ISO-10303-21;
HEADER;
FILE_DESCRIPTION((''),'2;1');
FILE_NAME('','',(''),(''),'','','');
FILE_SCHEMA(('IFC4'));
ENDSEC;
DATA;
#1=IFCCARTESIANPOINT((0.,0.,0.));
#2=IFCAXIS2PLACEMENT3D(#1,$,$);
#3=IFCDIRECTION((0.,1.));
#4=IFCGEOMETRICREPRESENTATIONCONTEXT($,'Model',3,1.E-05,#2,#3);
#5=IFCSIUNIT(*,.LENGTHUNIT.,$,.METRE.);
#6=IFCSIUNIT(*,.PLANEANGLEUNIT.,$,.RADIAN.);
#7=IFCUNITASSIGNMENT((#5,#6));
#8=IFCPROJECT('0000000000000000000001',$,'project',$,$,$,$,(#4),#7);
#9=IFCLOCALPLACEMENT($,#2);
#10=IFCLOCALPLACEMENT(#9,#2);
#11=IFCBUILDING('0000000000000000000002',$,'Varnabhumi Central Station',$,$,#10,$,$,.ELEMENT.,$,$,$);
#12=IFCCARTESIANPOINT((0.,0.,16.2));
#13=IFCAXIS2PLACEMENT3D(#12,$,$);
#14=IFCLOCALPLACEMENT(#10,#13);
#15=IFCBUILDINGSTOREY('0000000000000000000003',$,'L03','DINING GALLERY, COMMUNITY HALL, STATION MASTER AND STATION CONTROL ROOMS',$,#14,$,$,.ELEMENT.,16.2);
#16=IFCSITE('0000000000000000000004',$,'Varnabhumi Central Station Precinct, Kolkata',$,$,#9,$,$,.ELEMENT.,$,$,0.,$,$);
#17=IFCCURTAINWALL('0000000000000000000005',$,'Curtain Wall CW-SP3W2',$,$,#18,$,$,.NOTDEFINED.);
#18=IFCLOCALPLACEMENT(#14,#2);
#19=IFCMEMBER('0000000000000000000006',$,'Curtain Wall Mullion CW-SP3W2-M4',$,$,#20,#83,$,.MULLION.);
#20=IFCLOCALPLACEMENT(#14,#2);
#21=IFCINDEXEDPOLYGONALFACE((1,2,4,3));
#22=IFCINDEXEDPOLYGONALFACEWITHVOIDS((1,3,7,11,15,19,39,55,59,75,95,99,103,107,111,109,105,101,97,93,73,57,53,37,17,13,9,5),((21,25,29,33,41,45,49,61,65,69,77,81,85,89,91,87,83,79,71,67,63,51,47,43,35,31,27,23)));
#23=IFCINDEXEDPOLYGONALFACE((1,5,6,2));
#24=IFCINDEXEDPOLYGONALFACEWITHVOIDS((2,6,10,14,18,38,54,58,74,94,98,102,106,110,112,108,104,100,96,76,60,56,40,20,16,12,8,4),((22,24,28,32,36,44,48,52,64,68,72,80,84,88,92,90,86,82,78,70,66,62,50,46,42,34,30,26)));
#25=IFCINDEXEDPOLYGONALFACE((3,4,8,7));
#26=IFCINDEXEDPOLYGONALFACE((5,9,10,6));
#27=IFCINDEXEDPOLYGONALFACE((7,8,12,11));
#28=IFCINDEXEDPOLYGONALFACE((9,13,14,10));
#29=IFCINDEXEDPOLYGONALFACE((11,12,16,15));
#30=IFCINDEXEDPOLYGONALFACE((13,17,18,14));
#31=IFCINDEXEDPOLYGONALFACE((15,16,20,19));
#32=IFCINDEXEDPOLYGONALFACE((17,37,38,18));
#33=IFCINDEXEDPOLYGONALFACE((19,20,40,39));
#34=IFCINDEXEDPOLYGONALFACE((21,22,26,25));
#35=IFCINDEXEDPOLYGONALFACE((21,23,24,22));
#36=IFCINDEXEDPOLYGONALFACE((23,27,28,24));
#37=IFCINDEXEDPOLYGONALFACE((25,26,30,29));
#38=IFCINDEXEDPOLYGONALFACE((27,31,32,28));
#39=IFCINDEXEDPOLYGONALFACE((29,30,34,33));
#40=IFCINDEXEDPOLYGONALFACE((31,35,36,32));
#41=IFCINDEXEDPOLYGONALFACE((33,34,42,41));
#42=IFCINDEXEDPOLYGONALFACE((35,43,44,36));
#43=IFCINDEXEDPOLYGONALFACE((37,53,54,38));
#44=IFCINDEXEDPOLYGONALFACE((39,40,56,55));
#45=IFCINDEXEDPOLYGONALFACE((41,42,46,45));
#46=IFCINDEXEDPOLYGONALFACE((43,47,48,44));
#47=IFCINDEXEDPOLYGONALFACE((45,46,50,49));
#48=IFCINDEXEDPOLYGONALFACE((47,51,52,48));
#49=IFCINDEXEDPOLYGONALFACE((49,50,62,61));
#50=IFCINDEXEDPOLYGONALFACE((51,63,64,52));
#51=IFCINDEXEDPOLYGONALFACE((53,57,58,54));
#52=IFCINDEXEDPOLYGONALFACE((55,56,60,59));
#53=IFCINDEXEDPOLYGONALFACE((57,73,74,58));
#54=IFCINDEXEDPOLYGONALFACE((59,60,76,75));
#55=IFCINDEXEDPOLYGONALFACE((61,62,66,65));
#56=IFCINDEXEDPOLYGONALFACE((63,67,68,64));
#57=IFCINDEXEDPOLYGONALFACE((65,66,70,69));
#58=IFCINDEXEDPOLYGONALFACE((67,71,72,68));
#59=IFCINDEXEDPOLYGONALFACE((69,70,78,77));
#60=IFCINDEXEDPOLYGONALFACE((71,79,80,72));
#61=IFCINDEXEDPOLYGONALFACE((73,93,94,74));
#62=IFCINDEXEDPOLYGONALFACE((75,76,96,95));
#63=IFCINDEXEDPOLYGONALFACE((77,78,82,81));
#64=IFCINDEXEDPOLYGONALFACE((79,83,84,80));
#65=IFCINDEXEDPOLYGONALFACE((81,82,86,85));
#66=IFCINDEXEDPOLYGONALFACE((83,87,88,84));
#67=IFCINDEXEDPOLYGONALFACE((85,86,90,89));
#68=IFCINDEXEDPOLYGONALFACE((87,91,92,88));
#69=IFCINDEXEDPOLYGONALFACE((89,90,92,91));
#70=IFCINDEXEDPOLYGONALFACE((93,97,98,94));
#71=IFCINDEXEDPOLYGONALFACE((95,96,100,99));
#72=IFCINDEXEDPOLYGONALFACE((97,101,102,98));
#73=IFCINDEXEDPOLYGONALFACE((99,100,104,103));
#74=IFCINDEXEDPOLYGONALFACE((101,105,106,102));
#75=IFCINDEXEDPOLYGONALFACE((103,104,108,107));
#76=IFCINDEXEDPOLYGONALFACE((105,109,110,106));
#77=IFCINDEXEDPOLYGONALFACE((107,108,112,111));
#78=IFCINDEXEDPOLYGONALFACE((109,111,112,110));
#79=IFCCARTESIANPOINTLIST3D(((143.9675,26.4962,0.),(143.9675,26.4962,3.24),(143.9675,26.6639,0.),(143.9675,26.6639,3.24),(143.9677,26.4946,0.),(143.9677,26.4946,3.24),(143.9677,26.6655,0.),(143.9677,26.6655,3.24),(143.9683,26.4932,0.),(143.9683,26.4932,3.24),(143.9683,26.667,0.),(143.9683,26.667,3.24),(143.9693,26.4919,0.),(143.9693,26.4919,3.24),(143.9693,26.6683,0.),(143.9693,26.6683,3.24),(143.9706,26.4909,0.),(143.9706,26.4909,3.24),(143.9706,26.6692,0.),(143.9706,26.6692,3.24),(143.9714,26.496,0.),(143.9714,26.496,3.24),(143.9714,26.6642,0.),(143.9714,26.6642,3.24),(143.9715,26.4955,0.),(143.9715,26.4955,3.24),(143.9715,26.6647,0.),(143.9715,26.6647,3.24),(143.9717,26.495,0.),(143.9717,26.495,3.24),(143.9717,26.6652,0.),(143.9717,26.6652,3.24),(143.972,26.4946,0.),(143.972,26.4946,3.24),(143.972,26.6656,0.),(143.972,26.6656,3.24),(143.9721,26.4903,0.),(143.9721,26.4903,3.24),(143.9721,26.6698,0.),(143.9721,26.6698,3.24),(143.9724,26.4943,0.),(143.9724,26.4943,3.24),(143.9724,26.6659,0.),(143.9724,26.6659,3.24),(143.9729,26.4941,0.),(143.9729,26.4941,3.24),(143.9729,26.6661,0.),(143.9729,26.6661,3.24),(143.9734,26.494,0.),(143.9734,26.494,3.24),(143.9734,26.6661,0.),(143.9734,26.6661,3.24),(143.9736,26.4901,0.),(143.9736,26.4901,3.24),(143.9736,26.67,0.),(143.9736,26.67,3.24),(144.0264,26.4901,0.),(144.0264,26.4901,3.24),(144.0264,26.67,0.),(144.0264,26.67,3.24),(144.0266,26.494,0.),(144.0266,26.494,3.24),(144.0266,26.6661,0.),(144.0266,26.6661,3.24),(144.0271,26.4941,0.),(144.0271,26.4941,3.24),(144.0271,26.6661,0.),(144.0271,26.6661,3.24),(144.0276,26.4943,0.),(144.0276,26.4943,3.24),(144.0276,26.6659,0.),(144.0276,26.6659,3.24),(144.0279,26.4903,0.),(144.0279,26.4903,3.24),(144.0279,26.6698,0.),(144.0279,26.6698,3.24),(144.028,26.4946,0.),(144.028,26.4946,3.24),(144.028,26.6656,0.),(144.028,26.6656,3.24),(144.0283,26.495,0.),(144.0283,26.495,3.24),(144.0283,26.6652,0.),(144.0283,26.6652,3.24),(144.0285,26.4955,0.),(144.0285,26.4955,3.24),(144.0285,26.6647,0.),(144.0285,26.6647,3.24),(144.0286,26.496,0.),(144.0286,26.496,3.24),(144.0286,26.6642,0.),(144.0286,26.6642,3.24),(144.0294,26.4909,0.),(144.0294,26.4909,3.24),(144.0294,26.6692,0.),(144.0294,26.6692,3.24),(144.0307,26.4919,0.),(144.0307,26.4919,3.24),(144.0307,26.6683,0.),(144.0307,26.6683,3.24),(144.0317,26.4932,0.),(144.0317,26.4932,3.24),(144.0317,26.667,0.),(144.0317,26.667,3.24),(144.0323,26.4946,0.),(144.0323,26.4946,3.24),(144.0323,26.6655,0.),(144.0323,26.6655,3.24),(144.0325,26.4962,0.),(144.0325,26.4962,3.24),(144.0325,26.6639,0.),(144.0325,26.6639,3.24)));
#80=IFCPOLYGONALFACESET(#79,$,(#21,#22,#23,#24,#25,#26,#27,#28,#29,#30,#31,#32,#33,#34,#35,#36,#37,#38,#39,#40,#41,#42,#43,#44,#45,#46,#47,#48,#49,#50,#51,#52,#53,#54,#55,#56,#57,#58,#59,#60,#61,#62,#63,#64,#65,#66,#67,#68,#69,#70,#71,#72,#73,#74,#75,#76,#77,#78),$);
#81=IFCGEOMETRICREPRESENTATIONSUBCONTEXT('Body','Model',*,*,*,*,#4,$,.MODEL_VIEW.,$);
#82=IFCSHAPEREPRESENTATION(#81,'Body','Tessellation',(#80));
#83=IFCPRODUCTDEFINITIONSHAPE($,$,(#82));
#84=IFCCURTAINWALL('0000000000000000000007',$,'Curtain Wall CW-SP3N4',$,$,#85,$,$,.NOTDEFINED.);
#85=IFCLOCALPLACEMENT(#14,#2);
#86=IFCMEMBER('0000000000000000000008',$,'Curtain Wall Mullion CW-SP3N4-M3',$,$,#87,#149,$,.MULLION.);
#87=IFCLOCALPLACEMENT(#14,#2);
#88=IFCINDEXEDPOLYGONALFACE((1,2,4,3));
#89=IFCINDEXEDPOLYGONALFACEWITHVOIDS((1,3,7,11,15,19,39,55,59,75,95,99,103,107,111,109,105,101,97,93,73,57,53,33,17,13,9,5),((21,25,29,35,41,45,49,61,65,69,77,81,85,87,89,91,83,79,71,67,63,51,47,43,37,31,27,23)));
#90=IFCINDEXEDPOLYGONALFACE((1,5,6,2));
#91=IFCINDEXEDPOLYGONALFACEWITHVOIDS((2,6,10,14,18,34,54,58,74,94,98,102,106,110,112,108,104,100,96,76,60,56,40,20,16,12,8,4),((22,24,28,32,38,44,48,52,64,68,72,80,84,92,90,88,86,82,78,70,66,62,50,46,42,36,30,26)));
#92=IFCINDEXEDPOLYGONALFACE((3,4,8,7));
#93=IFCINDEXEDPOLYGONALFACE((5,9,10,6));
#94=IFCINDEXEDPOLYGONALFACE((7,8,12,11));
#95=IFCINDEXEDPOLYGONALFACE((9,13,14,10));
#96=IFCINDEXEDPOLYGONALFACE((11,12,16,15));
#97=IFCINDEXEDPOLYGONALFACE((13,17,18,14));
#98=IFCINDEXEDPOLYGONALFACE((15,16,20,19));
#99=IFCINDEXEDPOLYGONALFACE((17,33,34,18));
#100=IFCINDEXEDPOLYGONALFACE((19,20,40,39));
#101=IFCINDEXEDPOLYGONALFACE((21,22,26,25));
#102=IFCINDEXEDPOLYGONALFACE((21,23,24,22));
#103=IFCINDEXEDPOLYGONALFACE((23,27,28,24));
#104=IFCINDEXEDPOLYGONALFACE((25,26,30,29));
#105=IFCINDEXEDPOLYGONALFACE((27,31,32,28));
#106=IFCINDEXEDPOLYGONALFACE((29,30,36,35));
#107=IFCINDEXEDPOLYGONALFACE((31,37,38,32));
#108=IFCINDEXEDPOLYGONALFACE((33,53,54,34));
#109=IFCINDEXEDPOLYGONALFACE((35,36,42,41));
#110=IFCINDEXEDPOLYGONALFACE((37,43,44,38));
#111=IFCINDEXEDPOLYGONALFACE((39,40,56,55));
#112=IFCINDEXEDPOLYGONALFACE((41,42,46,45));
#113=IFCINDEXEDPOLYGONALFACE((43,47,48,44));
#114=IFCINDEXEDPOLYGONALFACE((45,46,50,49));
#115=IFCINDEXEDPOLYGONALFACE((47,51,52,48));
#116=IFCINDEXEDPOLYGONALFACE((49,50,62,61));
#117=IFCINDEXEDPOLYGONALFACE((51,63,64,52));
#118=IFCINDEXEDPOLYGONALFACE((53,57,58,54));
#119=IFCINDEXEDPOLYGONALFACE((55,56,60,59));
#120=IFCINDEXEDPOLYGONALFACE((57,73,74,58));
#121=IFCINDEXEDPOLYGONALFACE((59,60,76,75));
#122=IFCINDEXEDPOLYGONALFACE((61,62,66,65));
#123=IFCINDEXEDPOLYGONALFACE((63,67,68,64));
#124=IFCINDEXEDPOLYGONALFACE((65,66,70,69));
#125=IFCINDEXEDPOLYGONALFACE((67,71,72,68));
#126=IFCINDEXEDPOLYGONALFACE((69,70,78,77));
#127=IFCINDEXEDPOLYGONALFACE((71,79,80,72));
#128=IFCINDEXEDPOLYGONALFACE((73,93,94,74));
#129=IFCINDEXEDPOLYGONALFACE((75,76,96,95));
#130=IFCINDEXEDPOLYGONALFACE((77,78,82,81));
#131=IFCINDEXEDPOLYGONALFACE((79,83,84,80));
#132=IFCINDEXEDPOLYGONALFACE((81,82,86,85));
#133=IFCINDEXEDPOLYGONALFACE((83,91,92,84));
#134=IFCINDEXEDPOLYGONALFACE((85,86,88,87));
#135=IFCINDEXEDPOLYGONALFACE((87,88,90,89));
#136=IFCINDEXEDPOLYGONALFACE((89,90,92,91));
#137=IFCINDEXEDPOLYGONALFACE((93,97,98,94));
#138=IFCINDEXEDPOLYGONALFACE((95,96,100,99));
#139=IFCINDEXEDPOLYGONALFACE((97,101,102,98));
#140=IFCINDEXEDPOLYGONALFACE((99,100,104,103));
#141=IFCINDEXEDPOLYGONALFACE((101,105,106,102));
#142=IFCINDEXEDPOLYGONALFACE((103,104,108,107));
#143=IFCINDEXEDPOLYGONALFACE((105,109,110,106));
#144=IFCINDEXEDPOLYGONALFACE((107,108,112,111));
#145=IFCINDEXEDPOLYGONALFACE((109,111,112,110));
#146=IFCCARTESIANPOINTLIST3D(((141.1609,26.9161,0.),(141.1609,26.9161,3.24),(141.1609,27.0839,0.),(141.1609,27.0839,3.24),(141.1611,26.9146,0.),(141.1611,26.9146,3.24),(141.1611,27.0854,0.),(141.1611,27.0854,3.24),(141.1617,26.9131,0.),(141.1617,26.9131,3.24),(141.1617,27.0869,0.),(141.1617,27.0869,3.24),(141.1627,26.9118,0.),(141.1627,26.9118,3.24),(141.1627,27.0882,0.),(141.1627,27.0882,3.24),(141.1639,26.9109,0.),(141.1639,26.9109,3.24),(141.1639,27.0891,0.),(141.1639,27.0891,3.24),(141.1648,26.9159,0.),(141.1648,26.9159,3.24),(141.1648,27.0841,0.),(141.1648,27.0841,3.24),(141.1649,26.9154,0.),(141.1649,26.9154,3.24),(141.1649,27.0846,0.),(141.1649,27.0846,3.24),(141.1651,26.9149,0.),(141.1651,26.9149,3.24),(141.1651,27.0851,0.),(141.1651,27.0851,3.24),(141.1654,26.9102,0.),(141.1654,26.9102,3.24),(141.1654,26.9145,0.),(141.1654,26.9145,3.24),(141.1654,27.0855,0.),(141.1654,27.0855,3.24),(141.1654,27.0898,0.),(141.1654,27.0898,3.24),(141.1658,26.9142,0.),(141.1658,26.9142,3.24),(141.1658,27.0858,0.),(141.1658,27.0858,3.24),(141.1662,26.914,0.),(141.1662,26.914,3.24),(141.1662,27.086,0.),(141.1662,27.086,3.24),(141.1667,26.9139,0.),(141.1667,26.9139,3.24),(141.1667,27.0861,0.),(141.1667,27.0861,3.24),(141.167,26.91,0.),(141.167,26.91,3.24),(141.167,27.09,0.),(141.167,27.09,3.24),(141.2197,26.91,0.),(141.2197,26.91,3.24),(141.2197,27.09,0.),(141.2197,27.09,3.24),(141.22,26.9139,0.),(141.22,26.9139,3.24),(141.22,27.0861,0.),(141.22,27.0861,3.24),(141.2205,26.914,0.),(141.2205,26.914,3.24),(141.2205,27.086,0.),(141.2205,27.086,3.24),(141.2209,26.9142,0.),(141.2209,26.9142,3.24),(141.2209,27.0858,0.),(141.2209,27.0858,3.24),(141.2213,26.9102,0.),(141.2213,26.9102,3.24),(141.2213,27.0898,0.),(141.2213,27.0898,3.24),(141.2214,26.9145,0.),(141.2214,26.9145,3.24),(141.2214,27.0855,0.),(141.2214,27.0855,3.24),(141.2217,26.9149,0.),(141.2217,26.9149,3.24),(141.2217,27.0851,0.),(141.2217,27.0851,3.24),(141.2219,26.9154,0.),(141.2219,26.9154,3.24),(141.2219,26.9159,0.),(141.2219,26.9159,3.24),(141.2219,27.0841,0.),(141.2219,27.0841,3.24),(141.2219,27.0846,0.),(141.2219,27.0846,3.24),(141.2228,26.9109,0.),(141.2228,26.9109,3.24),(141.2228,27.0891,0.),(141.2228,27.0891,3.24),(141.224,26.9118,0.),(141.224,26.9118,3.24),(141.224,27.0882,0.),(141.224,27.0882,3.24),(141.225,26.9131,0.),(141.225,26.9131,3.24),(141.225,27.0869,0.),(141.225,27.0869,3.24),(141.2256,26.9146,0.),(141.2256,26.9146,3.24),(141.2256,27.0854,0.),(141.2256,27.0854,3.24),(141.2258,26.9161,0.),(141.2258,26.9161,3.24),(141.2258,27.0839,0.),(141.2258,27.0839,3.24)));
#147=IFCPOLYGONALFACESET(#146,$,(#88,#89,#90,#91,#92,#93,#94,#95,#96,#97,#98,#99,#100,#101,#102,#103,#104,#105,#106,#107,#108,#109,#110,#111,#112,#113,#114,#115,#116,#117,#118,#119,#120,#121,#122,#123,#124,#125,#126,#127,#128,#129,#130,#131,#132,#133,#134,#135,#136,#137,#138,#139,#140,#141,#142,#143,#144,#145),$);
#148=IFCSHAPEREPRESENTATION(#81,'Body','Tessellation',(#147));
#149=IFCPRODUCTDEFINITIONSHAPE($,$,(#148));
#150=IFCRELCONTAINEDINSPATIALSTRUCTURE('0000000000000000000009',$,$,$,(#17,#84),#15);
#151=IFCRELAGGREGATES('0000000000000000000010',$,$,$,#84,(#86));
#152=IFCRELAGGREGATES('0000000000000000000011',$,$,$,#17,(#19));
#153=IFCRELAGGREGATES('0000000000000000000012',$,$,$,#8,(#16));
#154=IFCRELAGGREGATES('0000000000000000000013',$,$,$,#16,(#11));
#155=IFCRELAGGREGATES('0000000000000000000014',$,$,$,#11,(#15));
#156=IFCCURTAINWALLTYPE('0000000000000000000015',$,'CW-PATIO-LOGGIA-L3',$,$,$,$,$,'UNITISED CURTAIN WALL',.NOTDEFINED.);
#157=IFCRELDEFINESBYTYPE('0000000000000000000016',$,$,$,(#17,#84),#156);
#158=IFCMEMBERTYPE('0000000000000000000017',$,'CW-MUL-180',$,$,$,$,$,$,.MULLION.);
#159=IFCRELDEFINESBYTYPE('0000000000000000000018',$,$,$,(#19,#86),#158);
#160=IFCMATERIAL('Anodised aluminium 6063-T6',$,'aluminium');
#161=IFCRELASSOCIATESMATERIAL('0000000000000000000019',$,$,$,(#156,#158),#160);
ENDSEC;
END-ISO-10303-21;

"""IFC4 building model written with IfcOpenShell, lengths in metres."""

from ifc_helpers import new_model, si_unit, direction, frame, origin, origin_2d, place, context, subcontext, project, spatial, hollow_rectangle, extrude, material, material_profile, profile_set, type_object, element, aggregate, save


model = new_model("IFC4")

# Units and contexts
model_context = context("Model", 3, precision=1e-05, world=origin(), true_north=direction((0.0, 1.0)))
body_context = subcontext(model_context, "Body", "Model", "MODEL_VIEW")
ifc_project = project(units=[si_unit("LENGTHUNIT", "METRE"), si_unit("PLANEANGLEUNIT", "RADIAN")], contexts=[model_context])

# Site, building, storey
site_placement = place(None, origin())
site = spatial("IfcSite", under=ifc_project, at=site_placement, Name="Varnabhumi Central Station Precinct, Kolkata", CompositionType="ELEMENT", RefElevation=0.0)
building_placement = place(site_placement, origin())
building = spatial("IfcBuilding", under=site, at=building_placement, Name="Varnabhumi Central Station", CompositionType="ELEMENT")
storey_placement = place(building_placement, frame((0.0, 0.0, 16.2)))
storey = spatial("IfcBuildingStorey", under=building, at=storey_placement, Name="L03", Description="DINING GALLERY, COMMUNITY HALL, STATION MASTER AND STATION CONTROL ROOMS", CompositionType="ELEMENT", Elevation=16.2)

# Curtain walls, members
ifc_material_1 = material(Name="Anodised aluminium 6063-T6", Category="aluminium")
curtain_wall_type = type_object("IfcCurtainWallType", Name="CW-PATIO-LOGGIA-L3", ElementType="UNITISED CURTAIN WALL", PredefinedType="NOTDEFINED", material=ifc_material_1)
ifc_material_profile_1 = material_profile(ifc_material_1, hollow_rectangle(XDim=0.0649, YDim=0.1799, WallThickness=0.0039, InnerFilletRadius=0.002, OuterFilletRadius=0.0061, at=origin_2d()), Name="Anodised aluminium 6063-T6", Category="aluminium")
ifc_profile_set_1 = profile_set([ifc_material_profile_1], Name="Anodised aluminium 6063-T6")
member_type_1 = type_object("IfcMemberType", Name="CW-MUL-180", PredefinedType="MULLION", material=ifc_profile_set_1)
curtain_wall_1_placement = place(storey_placement, origin())
curtain_wall_1 = element("IfcCurtainWall", 1, at=curtain_wall_1_placement, inside=storey, type_object=curtain_wall_type, Name="Curtain Wall CW-SP3W2", PredefinedType="NOTDEFINED")
member_1_placement = place(storey_placement, frame((144.0, 26.5801, 0.0), z_axis=(0.0, 0.0, 1.0), x_axis=(1.0, 0.0, 0.0)))
member_1 = element("IfcMember", 2, at=member_1_placement, type_object=member_type_1, Name="Curtain Wall Mullion CW-SP3W2-M4", PredefinedType="MULLION", context=body_context, shape_type="SweptSolid", body=[
    extrude(hollow_rectangle(XDim=0.0649, YDim=0.1799, WallThickness=0.0039, InnerFilletRadius=0.002, OuterFilletRadius=0.0061, at=origin_2d()), origin(), (0.0, 0.0, 1.0), 3.24),
])
curtain_wall_2_placement = place(storey_placement, origin())
curtain_wall_2 = element("IfcCurtainWall", 3, at=curtain_wall_2_placement, inside=storey, type_object=curtain_wall_type, Name="Curtain Wall CW-SP3N4", PredefinedType="NOTDEFINED")
member_2_placement = place(storey_placement, frame((141.1934, 27.0, 0.0), z_axis=(0.0, 0.0, 1.0), x_axis=(1.0, 0.0, 0.0)))
member_2 = element("IfcMember", 4, at=member_2_placement, type_object=member_type_1, Name="Curtain Wall Mullion CW-SP3N4-M3", PredefinedType="MULLION", context=body_context, shape_type="SweptSolid", body=[
    extrude(hollow_rectangle(XDim=0.0649, YDim=0.1799, WallThickness=0.0039, InnerFilletRadius=0.002, OuterFilletRadius=0.0061, at=origin_2d()), origin(), (0.0, 0.0, 1.0), 3.24),
])

aggregate(curtain_wall_2, [member_2])
aggregate(curtain_wall_1, [member_1])

save(model, "model.ifc")
